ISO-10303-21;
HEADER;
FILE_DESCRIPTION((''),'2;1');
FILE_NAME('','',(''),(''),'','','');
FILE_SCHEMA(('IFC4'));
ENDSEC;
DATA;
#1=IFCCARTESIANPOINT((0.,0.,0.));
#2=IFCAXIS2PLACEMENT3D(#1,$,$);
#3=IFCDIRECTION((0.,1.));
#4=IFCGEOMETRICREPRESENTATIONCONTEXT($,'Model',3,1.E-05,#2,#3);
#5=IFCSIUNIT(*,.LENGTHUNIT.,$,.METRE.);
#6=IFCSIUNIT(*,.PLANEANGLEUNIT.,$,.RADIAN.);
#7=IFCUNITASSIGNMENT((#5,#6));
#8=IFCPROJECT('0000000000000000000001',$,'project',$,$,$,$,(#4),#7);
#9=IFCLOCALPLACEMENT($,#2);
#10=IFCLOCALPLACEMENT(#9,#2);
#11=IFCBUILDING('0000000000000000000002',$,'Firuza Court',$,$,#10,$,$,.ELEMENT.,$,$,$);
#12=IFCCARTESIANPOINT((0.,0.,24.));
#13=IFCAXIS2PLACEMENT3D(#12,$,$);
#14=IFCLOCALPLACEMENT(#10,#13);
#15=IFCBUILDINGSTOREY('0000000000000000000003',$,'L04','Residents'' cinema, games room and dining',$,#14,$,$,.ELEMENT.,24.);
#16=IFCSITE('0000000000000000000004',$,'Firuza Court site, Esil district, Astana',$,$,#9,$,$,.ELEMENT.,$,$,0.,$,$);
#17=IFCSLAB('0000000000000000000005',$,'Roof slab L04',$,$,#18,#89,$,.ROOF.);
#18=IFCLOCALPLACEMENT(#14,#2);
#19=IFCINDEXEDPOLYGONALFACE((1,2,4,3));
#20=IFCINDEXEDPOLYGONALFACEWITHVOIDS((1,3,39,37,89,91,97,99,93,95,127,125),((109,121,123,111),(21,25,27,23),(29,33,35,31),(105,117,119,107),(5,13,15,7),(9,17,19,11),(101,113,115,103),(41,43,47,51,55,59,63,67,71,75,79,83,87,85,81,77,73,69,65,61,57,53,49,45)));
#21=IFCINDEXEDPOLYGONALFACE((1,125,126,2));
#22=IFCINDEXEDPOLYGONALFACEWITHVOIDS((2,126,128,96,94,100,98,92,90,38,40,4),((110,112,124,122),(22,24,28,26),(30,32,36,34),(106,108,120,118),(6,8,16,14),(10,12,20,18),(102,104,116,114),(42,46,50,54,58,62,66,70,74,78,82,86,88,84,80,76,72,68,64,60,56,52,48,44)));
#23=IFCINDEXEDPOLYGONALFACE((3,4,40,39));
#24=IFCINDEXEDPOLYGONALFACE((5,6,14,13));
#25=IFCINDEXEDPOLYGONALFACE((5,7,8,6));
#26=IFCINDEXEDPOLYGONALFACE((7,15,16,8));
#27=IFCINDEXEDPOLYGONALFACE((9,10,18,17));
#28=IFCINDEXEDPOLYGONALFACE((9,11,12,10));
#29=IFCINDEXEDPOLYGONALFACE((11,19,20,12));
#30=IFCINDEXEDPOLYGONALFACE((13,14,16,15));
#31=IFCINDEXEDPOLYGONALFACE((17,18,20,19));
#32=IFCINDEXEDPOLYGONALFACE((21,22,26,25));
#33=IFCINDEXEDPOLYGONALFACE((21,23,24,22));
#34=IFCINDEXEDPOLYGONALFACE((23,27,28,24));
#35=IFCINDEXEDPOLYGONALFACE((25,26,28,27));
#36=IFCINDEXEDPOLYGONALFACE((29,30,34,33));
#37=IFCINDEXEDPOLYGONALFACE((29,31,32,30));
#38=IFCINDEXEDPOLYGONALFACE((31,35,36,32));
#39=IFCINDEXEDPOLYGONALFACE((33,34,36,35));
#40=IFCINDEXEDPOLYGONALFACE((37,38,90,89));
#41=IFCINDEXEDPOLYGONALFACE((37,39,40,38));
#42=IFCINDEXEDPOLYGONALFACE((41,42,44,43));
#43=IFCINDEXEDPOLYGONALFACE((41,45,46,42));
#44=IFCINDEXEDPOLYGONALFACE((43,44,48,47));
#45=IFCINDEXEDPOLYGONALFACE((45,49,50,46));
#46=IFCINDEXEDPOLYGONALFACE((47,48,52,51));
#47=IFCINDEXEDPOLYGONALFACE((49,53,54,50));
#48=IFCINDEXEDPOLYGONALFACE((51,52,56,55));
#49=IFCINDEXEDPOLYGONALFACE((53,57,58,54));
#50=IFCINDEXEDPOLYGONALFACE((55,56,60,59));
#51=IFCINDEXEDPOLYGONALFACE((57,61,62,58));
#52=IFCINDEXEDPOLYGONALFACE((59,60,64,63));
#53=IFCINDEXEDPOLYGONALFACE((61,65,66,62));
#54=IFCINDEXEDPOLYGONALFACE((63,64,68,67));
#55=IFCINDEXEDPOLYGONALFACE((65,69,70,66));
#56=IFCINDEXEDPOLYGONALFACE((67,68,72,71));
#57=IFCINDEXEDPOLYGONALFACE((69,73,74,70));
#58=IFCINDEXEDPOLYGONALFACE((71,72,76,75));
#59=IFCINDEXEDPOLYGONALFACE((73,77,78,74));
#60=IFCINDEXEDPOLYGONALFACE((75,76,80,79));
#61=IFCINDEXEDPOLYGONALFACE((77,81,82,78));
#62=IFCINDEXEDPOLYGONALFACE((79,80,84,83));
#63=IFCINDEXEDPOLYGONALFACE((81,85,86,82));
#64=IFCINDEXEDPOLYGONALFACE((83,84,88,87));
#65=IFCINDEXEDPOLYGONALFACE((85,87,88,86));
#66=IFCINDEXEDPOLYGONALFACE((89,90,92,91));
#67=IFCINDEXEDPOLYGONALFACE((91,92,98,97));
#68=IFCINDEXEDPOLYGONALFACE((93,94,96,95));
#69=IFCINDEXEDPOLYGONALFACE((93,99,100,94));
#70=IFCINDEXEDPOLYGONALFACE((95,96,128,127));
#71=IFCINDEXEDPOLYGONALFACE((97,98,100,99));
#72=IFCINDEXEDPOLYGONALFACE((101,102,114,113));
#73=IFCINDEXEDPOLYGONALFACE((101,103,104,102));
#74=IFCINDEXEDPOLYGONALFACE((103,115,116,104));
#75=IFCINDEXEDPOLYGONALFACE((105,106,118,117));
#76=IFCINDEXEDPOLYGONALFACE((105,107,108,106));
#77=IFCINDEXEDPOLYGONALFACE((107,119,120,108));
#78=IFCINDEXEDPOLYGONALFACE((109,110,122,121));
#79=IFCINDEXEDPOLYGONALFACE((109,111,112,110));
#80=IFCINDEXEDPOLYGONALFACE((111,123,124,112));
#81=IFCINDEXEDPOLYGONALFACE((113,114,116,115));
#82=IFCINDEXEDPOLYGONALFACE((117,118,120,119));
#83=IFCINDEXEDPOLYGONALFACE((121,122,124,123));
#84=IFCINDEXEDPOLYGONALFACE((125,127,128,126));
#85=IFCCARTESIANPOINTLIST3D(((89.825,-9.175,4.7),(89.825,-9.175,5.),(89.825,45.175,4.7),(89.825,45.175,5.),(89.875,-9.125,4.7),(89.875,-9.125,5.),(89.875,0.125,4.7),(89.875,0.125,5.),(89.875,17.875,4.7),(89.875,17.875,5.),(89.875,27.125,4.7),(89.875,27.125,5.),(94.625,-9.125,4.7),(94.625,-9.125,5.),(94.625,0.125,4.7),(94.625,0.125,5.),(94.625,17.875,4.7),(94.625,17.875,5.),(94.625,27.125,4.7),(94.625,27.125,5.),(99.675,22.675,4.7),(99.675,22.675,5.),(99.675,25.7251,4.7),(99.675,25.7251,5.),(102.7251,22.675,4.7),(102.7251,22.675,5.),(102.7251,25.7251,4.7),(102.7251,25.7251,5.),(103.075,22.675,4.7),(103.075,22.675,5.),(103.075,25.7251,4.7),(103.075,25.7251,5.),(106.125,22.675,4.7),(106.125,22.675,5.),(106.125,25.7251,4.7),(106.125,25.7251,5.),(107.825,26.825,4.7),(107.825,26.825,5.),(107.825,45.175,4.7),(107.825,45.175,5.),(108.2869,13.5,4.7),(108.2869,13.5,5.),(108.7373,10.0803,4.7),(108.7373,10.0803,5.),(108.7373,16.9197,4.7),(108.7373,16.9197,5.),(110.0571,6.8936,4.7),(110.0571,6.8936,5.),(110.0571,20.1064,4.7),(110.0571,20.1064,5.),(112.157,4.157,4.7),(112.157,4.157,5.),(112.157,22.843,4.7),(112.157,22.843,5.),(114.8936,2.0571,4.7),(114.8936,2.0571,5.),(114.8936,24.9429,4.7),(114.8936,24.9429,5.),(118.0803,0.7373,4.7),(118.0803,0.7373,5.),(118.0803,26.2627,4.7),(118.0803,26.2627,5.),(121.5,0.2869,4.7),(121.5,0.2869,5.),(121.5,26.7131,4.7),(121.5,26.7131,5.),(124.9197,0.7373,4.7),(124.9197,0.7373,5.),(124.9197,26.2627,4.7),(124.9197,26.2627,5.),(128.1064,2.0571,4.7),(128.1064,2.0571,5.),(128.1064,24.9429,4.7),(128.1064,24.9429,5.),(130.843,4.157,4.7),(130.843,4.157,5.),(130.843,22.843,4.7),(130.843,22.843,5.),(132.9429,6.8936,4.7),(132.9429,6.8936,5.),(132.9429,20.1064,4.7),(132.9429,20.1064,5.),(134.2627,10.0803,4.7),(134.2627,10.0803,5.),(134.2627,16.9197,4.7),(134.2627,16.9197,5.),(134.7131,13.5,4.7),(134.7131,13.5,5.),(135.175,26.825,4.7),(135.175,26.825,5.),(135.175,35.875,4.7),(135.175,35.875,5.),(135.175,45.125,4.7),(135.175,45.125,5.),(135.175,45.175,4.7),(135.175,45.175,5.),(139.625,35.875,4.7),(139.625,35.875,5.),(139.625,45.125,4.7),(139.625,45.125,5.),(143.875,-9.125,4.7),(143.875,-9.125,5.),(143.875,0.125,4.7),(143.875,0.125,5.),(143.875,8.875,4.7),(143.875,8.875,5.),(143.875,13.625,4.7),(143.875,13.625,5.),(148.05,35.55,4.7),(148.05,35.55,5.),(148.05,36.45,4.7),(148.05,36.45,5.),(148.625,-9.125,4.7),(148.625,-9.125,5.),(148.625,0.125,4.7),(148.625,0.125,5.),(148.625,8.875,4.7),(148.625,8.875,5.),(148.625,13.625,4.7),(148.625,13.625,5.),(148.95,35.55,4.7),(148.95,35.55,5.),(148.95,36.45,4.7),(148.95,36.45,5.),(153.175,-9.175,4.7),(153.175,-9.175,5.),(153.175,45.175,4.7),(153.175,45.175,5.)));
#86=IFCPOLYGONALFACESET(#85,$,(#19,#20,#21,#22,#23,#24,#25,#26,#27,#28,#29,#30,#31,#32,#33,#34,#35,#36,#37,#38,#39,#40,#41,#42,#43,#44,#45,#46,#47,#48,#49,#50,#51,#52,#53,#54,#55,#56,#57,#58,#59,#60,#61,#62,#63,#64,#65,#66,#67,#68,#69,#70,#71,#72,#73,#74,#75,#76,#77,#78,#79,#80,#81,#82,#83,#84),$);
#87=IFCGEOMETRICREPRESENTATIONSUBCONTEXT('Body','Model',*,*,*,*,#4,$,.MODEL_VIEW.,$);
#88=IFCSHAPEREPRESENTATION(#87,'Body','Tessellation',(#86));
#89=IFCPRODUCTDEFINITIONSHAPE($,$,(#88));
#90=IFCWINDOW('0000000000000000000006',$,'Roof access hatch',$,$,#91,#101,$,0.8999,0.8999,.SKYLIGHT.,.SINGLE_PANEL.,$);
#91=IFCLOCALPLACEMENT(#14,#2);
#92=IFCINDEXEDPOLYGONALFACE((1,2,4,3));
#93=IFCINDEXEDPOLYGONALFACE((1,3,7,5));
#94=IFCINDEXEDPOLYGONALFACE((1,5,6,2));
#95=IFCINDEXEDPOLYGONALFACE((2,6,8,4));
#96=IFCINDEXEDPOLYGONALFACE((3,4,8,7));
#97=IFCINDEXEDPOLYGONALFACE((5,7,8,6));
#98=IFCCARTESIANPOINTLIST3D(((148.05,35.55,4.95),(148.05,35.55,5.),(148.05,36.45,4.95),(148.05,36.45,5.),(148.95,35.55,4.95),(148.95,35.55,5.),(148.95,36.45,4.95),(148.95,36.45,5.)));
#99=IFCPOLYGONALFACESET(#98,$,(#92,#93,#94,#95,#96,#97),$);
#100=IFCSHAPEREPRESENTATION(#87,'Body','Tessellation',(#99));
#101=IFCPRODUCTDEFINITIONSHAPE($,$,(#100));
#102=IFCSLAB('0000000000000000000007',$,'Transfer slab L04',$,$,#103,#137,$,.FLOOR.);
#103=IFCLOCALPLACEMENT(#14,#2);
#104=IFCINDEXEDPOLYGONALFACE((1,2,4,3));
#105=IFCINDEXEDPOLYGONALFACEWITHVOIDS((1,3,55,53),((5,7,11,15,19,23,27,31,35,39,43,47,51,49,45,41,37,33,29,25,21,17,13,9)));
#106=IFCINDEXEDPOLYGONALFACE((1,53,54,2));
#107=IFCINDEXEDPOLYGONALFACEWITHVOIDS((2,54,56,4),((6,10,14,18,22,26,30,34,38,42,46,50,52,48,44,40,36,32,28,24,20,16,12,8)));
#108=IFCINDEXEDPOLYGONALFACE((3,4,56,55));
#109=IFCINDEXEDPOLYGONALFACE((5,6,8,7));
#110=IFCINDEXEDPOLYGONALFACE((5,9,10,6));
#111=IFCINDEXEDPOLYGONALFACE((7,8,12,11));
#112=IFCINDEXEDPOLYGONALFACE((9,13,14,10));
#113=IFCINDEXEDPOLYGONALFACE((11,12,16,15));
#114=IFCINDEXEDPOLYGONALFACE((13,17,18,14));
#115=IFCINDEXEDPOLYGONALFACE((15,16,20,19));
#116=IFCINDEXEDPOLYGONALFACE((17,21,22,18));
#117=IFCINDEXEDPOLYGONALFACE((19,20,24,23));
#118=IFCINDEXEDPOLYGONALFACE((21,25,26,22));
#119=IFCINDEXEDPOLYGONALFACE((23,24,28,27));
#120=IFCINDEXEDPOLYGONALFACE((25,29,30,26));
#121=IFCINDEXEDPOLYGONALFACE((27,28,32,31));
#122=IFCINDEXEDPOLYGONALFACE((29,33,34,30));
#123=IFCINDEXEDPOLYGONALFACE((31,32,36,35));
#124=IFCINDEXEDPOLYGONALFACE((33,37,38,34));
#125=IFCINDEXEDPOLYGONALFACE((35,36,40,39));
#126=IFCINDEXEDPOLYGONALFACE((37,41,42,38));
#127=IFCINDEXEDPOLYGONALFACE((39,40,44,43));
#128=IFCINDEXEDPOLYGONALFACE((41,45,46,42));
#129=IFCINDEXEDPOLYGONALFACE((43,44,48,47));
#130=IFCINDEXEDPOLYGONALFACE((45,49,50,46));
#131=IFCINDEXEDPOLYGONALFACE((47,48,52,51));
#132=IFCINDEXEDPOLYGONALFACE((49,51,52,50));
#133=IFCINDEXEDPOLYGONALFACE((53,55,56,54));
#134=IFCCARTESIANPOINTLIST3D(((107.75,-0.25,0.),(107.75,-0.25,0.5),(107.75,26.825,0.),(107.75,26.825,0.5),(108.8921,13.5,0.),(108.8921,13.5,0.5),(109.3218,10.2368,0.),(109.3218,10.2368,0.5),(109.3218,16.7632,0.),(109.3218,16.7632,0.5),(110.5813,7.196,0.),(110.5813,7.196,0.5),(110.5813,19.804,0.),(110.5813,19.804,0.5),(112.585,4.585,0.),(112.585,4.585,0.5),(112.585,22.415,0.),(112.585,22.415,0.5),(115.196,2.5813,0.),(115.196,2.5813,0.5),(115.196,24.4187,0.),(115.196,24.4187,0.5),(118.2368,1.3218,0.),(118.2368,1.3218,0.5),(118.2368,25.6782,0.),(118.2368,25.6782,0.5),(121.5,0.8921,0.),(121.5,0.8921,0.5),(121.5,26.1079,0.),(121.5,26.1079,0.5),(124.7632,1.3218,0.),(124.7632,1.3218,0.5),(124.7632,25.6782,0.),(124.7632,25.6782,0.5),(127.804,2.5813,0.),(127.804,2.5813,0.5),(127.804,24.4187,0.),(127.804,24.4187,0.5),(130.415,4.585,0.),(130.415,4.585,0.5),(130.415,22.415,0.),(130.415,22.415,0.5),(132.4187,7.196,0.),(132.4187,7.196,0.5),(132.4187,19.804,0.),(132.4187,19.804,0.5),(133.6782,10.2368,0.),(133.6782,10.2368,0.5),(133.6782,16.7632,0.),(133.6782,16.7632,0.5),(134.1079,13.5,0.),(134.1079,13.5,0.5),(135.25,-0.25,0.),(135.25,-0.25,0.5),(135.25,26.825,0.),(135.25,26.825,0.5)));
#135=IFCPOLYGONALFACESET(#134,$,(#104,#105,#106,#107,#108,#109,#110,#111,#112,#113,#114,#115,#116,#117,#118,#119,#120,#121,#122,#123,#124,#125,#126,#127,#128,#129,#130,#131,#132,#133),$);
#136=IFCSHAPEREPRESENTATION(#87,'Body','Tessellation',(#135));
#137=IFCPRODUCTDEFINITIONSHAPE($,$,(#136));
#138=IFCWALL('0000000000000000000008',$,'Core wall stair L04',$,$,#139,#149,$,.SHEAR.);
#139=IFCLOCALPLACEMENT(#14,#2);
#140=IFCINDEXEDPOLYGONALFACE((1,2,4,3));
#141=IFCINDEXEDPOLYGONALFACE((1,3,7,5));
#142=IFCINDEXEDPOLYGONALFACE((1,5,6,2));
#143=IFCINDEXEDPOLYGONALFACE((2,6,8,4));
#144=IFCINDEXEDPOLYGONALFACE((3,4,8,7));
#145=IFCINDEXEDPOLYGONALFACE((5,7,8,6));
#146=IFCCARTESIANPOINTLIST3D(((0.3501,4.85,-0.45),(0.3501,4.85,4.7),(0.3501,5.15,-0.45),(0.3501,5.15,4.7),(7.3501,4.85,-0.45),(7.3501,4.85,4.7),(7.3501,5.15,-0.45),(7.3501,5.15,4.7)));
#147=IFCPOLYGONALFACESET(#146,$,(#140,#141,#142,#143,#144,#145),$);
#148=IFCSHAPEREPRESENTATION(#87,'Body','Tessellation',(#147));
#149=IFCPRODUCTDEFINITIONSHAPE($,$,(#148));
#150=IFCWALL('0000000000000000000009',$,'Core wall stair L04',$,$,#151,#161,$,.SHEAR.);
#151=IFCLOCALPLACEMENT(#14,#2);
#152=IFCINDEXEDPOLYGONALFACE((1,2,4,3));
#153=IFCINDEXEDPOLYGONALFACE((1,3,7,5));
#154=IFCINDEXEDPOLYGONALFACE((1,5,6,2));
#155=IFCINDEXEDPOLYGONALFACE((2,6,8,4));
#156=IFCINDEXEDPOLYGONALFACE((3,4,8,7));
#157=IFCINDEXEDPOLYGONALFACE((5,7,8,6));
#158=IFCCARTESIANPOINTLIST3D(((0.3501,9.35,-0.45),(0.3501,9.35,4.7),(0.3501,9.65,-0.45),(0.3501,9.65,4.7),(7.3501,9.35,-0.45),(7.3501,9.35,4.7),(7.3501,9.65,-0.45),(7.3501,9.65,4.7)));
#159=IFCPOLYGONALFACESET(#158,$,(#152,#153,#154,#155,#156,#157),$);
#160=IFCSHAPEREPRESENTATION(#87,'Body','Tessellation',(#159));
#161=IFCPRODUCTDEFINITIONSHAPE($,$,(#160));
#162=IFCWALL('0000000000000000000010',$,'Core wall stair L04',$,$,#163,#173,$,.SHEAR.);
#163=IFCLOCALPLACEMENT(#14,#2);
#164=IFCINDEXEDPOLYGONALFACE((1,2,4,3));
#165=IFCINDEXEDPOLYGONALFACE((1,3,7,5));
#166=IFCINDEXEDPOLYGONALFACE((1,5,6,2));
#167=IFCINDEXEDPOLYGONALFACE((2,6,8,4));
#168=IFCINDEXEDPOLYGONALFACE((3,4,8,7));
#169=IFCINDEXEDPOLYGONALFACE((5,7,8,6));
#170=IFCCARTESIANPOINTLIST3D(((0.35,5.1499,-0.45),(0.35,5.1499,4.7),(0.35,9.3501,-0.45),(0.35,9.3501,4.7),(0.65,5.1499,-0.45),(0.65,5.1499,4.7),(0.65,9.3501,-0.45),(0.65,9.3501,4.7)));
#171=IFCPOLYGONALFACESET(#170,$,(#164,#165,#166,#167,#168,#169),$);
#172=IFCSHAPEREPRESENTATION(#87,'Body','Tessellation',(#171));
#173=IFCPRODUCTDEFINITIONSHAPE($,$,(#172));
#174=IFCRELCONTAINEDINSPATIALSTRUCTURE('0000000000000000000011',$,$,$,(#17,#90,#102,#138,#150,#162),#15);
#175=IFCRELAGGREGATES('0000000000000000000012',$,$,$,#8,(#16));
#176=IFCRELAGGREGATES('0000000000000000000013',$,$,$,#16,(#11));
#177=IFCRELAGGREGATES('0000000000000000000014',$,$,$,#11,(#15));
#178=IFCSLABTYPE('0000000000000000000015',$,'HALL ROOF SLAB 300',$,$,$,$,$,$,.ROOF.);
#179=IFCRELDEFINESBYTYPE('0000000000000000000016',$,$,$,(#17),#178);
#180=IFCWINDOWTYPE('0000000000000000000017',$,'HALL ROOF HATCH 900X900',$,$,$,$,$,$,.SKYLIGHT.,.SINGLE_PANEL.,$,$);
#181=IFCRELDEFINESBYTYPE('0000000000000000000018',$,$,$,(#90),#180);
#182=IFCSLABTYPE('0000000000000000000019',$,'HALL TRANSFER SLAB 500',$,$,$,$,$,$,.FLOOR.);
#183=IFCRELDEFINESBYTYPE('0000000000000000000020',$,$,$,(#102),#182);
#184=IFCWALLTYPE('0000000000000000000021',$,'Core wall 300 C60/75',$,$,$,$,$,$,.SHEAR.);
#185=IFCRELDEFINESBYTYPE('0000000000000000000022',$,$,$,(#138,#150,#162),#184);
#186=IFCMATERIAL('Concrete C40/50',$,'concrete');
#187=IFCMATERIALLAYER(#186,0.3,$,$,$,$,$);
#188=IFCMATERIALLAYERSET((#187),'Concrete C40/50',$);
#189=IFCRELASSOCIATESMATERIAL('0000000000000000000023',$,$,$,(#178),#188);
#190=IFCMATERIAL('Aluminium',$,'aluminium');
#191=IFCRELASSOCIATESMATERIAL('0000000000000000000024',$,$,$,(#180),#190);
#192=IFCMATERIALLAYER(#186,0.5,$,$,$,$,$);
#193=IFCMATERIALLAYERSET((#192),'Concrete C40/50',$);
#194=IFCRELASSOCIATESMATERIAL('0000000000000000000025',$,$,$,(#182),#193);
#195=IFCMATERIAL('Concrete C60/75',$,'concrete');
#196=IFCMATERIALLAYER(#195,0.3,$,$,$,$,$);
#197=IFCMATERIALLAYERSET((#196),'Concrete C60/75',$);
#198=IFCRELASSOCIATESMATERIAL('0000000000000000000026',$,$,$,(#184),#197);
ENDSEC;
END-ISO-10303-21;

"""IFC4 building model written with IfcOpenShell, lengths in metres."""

from ifc_helpers import new_model, si_unit, direction, frame, frame_2d, origin, origin_2d, place, context, subcontext, project, spatial, polyline, rectangle, outline, extrude, material, layer, layer_set, type_object, element, fill, save


model = new_model("IFC4")

# Units and contexts
model_context = context("Model", 3, precision=1e-05, world=origin(), true_north=direction((0.0, 1.0)))
body_context = subcontext(model_context, "Body", "Model", "MODEL_VIEW")
ifc_project = project(units=[si_unit("LENGTHUNIT", "METRE"), si_unit("PLANEANGLEUNIT", "RADIAN")], contexts=[model_context])

# Site, building, storey
site_placement = place(None, origin())
site = spatial("IfcSite", under=ifc_project, at=site_placement, Name="Firuza Court site, Esil district, Astana", CompositionType="ELEMENT", RefElevation=0.0)
building_placement = place(site_placement, origin())
building = spatial("IfcBuilding", under=site, at=building_placement, Name="Firuza Court", CompositionType="ELEMENT")
storey_placement = place(building_placement, frame((0.0, 0.0, 24.0)))
storey = spatial("IfcBuildingStorey", under=building, at=storey_placement, Name="L04", Description="Residents' cinema, games room and dining", CompositionType="ELEMENT", Elevation=24.0)

# Shared definitions
ifc_material_1 = material(Name="Concrete C40/50", Category="concrete")

# Slab, opening, window
ifc_layer_1 = layer(ifc_material_1, 0.3)
ifc_layer_set_1 = layer_set([ifc_layer_1], Name="Concrete C40/50")
slab_type_1 = type_object("IfcSlabType", Name="HALL ROOF SLAB 300", PredefinedType="ROOF", material=ifc_layer_set_1)
slab_1_placement = place(storey_placement, frame((0.0, 0.0, 4.7)))
slab_1 = element("IfcSlab", 1, at=slab_1_placement, inside=storey, type_object=slab_type_1, Name="Roof slab L04", PredefinedType="ROOF", context=body_context, shape_type="SweptSolid", body=[
    extrude(outline(polyline([(89.825, -9.175), (89.825, 45.175), (107.825, 45.175), (107.825, 26.825), (135.175, 26.825), (135.175, 35.875), (139.625, 35.875), (139.625, 45.125), (135.175, 45.125), (135.175, 45.175), (153.175, 45.175), (153.175, -9.175), (89.825, -9.175)]), holes=[polyline([(89.875, 0.125), (89.875, -9.125), (94.625, -9.125), (94.625, 0.125), (89.875, 0.125)]), polyline([(143.875, 0.125), (143.875, -9.125), (148.625, -9.125), (148.625, 0.125), (143.875, 0.125)]), polyline([(143.875, 13.625), (143.875, 8.875), (148.625, 8.875), (148.625, 13.625), (143.875, 13.625)]), polyline([(132.9429, 6.8936), (134.2627, 10.0803), (134.7131, 13.5), (134.2627, 16.9197), (132.9429, 20.1064), (130.843, 22.843), (128.1064, 24.9429), (124.9197, 26.2627), (121.5, 26.7131), (118.0803, 26.2627), (114.8936, 24.9429), (112.157, 22.843), (110.0571, 20.1064), (108.7373, 16.9197), (108.2869, 13.5), (108.7373, 10.0803), (110.0571, 6.8936), (112.157, 4.157), (114.8936, 2.0571), (118.0803, 0.7373), (121.5, 0.2869), (124.9197, 0.7373), (128.1064, 2.0571), (130.843, 4.157), (132.9429, 6.8936)]), polyline([(89.875, 27.125), (89.875, 17.875), (94.625, 17.875), (94.625, 27.125), (89.875, 27.125)]), polyline([(99.675, 25.7251), (99.675, 22.675), (102.7251, 22.675), (102.7251, 25.7251), (99.675, 25.7251)]), polyline([(103.075, 25.7251), (103.075, 22.675), (106.125, 22.675), (106.125, 25.7251), (103.075, 25.7251)])]), origin(), (0.0, 0.0, 1.0), 0.3),
])
opening_placement = place(slab_1_placement, frame((148.5, 36.0, 0.0)))
opening = element("IfcOpeningElement", 2, at=opening_placement, cuts=slab_1, PredefinedType="OPENING", context=body_context, shape_type="SweptSolid", body=[
    extrude(rectangle(XDim=0.8999, YDim=0.8999, at=origin_2d()), origin(), (0.0, 0.0, 1.0), 0.3),
])
ifc_material_2 = material(Name="Aluminium", Category="aluminium")
window_type = type_object("IfcWindowType", Name="HALL ROOF HATCH 900X900", PartitioningType="SINGLE_PANEL", PredefinedType="SKYLIGHT", material=ifc_material_2)
window_placement = place(opening_placement, frame((0.0, 0.0, 0.25)))
window = element("IfcWindow", 3, at=window_placement, inside=storey, type_object=window_type, Name="Roof access hatch", OverallHeight=0.8999, OverallWidth=0.8999, PartitioningType="SINGLE_PANEL", PredefinedType="SKYLIGHT", context=body_context, shape_type="SweptSolid", body=[
    extrude(rectangle(XDim=0.8999, YDim=0.8999, at=origin_2d()), origin(), (0.0, 0.0, 1.0), 0.05),
])
fill(opening, window)

# Slab
ifc_layer_2 = layer(ifc_material_1, 0.5)
ifc_layer_set_2 = layer_set([ifc_layer_2], Name="Concrete C40/50")
slab_type_2 = type_object("IfcSlabType", Name="HALL TRANSFER SLAB 500", PredefinedType="FLOOR", material=ifc_layer_set_2)
slab_2_placement = place(storey_placement, origin())
element("IfcSlab", 4, at=slab_2_placement, inside=storey, type_object=slab_type_2, Name="Transfer slab L04", PredefinedType="FLOOR", context=body_context, shape_type="SweptSolid", body=[
    extrude(outline(polyline([(107.75, -0.25), (107.75, 26.825), (135.25, 26.825), (135.25, -0.25), (107.75, -0.25)]), holes=[polyline([(133.6782, 16.7632), (132.4187, 19.804), (130.415, 22.415), (127.804, 24.4187), (124.7632, 25.6782), (121.5, 26.1079), (118.2368, 25.6782), (115.196, 24.4187), (112.585, 22.415), (110.5813, 19.804), (109.3218, 16.7632), (108.8921, 13.5), (109.3218, 10.2368), (110.5813, 7.196), (112.585, 4.585), (115.196, 2.5813), (118.2368, 1.3218), (121.5, 0.8921), (124.7632, 1.3218), (127.804, 2.5813), (130.415, 4.585), (132.4187, 7.196), (133.6782, 10.2368), (134.1079, 13.5), (133.6782, 16.7632)])]), origin(), (0.0, 0.0, 1.0), 0.5),
])

# Walls
ifc_material_3 = material(Name="Concrete C60/75", Category="concrete")
ifc_layer_3 = layer(ifc_material_3, 0.3)
ifc_layer_set_3 = layer_set([ifc_layer_3], Name="Concrete C60/75")
wall_type_1 = type_object("IfcWallType", Name="Core wall 300 C60/75", PredefinedType="SHEAR", material=ifc_layer_set_3)
for number, where, z_axis, x_axis, name in (
    (5, (0.3501, 5.0, -0.45), (0.0, 0.0, 1.0), (1.0, 0.0, 0.0), "Core wall stair L04"),
    (6, (0.3501, 9.5, -0.45), (0.0, 0.0, 1.0), (1.0, 0.0, 0.0), "Core wall stair L04"),
):
    element("IfcWall", number, at=place(storey_placement, frame(where, z_axis=z_axis, x_axis=x_axis)), inside=storey, type_object=wall_type_1, Name=name, PredefinedType="SHEAR", context=body_context, shape_type="SweptSolid", body=[
        extrude(rectangle(XDim=7.0, YDim=0.3, at=frame_2d((3.5, 0.0))), origin(), (0.0, 0.0, 1.0), 5.1499),
    ])
wall_1_placement = place(storey_placement, frame((0.5, 5.1499, -0.45), z_axis=(0.0, 0.0, 1.0), x_axis=(0.0, 1.0, 0.0)))
element("IfcWall", 7, at=wall_1_placement, inside=storey, type_object=wall_type_1, Name="Core wall stair L04", PredefinedType="SHEAR", context=body_context, shape_type="SweptSolid", body=[
    extrude(rectangle(XDim=4.2002, YDim=0.3, at=frame_2d((2.1001, 0.0))), origin(), (0.0, 0.0, 1.0), 5.1499),
])

save(model, "model.ifc")
